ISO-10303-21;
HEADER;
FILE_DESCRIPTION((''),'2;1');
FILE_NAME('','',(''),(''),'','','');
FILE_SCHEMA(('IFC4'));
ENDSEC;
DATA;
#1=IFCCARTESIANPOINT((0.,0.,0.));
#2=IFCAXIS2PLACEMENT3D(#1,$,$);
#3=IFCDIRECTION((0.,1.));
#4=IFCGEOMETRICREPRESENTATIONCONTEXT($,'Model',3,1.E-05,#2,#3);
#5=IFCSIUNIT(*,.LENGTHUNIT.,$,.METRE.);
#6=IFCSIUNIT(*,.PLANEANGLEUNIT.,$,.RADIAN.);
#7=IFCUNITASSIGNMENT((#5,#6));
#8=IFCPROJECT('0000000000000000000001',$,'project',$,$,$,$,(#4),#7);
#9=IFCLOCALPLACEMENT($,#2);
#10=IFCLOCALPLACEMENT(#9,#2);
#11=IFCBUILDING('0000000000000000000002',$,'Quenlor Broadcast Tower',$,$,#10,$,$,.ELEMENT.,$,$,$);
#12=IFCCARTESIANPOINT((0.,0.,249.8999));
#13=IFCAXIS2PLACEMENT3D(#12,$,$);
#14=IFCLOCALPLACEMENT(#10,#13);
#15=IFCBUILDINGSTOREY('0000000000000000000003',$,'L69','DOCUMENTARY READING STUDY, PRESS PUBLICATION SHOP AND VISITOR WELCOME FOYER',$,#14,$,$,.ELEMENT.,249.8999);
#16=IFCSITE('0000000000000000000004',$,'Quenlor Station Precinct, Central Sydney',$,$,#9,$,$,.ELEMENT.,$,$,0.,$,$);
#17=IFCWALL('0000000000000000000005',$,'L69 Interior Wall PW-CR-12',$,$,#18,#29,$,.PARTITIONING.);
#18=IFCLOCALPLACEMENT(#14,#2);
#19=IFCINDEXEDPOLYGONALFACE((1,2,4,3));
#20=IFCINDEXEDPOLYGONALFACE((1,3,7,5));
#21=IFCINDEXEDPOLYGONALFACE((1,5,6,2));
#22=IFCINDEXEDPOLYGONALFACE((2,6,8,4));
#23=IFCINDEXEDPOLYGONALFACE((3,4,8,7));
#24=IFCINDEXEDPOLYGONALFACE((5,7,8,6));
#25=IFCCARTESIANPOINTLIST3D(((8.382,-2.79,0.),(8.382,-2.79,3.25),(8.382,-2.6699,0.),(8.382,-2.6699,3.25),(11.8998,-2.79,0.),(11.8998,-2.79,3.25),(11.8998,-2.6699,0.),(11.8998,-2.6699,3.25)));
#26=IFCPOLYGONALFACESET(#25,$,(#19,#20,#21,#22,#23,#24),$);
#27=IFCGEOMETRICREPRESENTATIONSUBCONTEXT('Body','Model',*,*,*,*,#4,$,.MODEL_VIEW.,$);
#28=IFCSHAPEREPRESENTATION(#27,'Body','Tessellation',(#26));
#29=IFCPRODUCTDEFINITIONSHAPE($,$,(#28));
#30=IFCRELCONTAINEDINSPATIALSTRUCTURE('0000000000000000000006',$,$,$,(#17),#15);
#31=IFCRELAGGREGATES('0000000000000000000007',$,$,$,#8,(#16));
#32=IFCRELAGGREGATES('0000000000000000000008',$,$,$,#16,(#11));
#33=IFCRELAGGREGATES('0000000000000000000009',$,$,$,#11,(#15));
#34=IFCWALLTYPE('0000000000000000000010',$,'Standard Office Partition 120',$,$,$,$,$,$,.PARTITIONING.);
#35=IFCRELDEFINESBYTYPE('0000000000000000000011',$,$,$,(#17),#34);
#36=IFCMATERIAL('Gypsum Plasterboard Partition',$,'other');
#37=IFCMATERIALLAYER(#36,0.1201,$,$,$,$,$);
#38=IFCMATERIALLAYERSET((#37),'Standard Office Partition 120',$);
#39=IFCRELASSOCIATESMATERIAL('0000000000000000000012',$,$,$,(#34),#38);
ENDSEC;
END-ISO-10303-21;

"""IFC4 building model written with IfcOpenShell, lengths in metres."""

from ifc_helpers import new_model, si_unit, direction, frame, frame_2d, origin, place, context, subcontext, project, spatial, rectangle, extrude, material, layer, layer_set, type_object, element, save


model = new_model("IFC4")

# Units and contexts
model_context = context("Model", 3, precision=1e-05, world=origin(), true_north=direction((0.0, 1.0)))
body_context = subcontext(model_context, "Body", "Model", "MODEL_VIEW")
ifc_project = project(units=[si_unit("LENGTHUNIT", "METRE"), si_unit("PLANEANGLEUNIT", "RADIAN")], contexts=[model_context])

# Site, building, storey
site_placement = place(None, origin())
site = spatial("IfcSite", under=ifc_project, at=site_placement, Name="Quenlor Station Precinct, Central Sydney", CompositionType="ELEMENT", RefElevation=0.0)
building_placement = place(site_placement, origin())
building = spatial("IfcBuilding", under=site, at=building_placement, Name="Quenlor Broadcast Tower", CompositionType="ELEMENT")
storey_placement = place(building_placement, frame((0.0, 0.0, 249.8999)))
storey = spatial("IfcBuildingStorey", under=building, at=storey_placement, Name="L69", Description="DOCUMENTARY READING STUDY, PRESS PUBLICATION SHOP AND VISITOR WELCOME FOYER", CompositionType="ELEMENT", Elevation=249.8999)

# Shared definitions
ifc_material_1 = material(Name="Gypsum Plasterboard Partition", Category="other")
ifc_layer_1 = layer(ifc_material_1, 0.1201)
ifc_layer_set_1 = layer_set([ifc_layer_1], Name="Standard Office Partition 120")
wall_type_1 = type_object("IfcWallType", Name="Standard Office Partition 120", PredefinedType="PARTITIONING", material=ifc_layer_set_1)

# Wall
wall_1_placement = place(storey_placement, frame((8.3821, -2.73, 0.0), z_axis=(0.0, 0.0, 1.0), x_axis=(1.0, 0.0, 0.0)))
element("IfcWall", 1, at=wall_1_placement, inside=storey, type_object=wall_type_1, Name="L69 Interior Wall PW-CR-12", PredefinedType="PARTITIONING", context=body_context, shape_type="SweptSolid", body=[
    extrude(rectangle(XDim=3.5178, YDim=0.1201, at=frame_2d((1.7588, 0.0))), origin(), (0.0, 0.0, 1.0), 3.25),
])

save(model, "model.ifc")
